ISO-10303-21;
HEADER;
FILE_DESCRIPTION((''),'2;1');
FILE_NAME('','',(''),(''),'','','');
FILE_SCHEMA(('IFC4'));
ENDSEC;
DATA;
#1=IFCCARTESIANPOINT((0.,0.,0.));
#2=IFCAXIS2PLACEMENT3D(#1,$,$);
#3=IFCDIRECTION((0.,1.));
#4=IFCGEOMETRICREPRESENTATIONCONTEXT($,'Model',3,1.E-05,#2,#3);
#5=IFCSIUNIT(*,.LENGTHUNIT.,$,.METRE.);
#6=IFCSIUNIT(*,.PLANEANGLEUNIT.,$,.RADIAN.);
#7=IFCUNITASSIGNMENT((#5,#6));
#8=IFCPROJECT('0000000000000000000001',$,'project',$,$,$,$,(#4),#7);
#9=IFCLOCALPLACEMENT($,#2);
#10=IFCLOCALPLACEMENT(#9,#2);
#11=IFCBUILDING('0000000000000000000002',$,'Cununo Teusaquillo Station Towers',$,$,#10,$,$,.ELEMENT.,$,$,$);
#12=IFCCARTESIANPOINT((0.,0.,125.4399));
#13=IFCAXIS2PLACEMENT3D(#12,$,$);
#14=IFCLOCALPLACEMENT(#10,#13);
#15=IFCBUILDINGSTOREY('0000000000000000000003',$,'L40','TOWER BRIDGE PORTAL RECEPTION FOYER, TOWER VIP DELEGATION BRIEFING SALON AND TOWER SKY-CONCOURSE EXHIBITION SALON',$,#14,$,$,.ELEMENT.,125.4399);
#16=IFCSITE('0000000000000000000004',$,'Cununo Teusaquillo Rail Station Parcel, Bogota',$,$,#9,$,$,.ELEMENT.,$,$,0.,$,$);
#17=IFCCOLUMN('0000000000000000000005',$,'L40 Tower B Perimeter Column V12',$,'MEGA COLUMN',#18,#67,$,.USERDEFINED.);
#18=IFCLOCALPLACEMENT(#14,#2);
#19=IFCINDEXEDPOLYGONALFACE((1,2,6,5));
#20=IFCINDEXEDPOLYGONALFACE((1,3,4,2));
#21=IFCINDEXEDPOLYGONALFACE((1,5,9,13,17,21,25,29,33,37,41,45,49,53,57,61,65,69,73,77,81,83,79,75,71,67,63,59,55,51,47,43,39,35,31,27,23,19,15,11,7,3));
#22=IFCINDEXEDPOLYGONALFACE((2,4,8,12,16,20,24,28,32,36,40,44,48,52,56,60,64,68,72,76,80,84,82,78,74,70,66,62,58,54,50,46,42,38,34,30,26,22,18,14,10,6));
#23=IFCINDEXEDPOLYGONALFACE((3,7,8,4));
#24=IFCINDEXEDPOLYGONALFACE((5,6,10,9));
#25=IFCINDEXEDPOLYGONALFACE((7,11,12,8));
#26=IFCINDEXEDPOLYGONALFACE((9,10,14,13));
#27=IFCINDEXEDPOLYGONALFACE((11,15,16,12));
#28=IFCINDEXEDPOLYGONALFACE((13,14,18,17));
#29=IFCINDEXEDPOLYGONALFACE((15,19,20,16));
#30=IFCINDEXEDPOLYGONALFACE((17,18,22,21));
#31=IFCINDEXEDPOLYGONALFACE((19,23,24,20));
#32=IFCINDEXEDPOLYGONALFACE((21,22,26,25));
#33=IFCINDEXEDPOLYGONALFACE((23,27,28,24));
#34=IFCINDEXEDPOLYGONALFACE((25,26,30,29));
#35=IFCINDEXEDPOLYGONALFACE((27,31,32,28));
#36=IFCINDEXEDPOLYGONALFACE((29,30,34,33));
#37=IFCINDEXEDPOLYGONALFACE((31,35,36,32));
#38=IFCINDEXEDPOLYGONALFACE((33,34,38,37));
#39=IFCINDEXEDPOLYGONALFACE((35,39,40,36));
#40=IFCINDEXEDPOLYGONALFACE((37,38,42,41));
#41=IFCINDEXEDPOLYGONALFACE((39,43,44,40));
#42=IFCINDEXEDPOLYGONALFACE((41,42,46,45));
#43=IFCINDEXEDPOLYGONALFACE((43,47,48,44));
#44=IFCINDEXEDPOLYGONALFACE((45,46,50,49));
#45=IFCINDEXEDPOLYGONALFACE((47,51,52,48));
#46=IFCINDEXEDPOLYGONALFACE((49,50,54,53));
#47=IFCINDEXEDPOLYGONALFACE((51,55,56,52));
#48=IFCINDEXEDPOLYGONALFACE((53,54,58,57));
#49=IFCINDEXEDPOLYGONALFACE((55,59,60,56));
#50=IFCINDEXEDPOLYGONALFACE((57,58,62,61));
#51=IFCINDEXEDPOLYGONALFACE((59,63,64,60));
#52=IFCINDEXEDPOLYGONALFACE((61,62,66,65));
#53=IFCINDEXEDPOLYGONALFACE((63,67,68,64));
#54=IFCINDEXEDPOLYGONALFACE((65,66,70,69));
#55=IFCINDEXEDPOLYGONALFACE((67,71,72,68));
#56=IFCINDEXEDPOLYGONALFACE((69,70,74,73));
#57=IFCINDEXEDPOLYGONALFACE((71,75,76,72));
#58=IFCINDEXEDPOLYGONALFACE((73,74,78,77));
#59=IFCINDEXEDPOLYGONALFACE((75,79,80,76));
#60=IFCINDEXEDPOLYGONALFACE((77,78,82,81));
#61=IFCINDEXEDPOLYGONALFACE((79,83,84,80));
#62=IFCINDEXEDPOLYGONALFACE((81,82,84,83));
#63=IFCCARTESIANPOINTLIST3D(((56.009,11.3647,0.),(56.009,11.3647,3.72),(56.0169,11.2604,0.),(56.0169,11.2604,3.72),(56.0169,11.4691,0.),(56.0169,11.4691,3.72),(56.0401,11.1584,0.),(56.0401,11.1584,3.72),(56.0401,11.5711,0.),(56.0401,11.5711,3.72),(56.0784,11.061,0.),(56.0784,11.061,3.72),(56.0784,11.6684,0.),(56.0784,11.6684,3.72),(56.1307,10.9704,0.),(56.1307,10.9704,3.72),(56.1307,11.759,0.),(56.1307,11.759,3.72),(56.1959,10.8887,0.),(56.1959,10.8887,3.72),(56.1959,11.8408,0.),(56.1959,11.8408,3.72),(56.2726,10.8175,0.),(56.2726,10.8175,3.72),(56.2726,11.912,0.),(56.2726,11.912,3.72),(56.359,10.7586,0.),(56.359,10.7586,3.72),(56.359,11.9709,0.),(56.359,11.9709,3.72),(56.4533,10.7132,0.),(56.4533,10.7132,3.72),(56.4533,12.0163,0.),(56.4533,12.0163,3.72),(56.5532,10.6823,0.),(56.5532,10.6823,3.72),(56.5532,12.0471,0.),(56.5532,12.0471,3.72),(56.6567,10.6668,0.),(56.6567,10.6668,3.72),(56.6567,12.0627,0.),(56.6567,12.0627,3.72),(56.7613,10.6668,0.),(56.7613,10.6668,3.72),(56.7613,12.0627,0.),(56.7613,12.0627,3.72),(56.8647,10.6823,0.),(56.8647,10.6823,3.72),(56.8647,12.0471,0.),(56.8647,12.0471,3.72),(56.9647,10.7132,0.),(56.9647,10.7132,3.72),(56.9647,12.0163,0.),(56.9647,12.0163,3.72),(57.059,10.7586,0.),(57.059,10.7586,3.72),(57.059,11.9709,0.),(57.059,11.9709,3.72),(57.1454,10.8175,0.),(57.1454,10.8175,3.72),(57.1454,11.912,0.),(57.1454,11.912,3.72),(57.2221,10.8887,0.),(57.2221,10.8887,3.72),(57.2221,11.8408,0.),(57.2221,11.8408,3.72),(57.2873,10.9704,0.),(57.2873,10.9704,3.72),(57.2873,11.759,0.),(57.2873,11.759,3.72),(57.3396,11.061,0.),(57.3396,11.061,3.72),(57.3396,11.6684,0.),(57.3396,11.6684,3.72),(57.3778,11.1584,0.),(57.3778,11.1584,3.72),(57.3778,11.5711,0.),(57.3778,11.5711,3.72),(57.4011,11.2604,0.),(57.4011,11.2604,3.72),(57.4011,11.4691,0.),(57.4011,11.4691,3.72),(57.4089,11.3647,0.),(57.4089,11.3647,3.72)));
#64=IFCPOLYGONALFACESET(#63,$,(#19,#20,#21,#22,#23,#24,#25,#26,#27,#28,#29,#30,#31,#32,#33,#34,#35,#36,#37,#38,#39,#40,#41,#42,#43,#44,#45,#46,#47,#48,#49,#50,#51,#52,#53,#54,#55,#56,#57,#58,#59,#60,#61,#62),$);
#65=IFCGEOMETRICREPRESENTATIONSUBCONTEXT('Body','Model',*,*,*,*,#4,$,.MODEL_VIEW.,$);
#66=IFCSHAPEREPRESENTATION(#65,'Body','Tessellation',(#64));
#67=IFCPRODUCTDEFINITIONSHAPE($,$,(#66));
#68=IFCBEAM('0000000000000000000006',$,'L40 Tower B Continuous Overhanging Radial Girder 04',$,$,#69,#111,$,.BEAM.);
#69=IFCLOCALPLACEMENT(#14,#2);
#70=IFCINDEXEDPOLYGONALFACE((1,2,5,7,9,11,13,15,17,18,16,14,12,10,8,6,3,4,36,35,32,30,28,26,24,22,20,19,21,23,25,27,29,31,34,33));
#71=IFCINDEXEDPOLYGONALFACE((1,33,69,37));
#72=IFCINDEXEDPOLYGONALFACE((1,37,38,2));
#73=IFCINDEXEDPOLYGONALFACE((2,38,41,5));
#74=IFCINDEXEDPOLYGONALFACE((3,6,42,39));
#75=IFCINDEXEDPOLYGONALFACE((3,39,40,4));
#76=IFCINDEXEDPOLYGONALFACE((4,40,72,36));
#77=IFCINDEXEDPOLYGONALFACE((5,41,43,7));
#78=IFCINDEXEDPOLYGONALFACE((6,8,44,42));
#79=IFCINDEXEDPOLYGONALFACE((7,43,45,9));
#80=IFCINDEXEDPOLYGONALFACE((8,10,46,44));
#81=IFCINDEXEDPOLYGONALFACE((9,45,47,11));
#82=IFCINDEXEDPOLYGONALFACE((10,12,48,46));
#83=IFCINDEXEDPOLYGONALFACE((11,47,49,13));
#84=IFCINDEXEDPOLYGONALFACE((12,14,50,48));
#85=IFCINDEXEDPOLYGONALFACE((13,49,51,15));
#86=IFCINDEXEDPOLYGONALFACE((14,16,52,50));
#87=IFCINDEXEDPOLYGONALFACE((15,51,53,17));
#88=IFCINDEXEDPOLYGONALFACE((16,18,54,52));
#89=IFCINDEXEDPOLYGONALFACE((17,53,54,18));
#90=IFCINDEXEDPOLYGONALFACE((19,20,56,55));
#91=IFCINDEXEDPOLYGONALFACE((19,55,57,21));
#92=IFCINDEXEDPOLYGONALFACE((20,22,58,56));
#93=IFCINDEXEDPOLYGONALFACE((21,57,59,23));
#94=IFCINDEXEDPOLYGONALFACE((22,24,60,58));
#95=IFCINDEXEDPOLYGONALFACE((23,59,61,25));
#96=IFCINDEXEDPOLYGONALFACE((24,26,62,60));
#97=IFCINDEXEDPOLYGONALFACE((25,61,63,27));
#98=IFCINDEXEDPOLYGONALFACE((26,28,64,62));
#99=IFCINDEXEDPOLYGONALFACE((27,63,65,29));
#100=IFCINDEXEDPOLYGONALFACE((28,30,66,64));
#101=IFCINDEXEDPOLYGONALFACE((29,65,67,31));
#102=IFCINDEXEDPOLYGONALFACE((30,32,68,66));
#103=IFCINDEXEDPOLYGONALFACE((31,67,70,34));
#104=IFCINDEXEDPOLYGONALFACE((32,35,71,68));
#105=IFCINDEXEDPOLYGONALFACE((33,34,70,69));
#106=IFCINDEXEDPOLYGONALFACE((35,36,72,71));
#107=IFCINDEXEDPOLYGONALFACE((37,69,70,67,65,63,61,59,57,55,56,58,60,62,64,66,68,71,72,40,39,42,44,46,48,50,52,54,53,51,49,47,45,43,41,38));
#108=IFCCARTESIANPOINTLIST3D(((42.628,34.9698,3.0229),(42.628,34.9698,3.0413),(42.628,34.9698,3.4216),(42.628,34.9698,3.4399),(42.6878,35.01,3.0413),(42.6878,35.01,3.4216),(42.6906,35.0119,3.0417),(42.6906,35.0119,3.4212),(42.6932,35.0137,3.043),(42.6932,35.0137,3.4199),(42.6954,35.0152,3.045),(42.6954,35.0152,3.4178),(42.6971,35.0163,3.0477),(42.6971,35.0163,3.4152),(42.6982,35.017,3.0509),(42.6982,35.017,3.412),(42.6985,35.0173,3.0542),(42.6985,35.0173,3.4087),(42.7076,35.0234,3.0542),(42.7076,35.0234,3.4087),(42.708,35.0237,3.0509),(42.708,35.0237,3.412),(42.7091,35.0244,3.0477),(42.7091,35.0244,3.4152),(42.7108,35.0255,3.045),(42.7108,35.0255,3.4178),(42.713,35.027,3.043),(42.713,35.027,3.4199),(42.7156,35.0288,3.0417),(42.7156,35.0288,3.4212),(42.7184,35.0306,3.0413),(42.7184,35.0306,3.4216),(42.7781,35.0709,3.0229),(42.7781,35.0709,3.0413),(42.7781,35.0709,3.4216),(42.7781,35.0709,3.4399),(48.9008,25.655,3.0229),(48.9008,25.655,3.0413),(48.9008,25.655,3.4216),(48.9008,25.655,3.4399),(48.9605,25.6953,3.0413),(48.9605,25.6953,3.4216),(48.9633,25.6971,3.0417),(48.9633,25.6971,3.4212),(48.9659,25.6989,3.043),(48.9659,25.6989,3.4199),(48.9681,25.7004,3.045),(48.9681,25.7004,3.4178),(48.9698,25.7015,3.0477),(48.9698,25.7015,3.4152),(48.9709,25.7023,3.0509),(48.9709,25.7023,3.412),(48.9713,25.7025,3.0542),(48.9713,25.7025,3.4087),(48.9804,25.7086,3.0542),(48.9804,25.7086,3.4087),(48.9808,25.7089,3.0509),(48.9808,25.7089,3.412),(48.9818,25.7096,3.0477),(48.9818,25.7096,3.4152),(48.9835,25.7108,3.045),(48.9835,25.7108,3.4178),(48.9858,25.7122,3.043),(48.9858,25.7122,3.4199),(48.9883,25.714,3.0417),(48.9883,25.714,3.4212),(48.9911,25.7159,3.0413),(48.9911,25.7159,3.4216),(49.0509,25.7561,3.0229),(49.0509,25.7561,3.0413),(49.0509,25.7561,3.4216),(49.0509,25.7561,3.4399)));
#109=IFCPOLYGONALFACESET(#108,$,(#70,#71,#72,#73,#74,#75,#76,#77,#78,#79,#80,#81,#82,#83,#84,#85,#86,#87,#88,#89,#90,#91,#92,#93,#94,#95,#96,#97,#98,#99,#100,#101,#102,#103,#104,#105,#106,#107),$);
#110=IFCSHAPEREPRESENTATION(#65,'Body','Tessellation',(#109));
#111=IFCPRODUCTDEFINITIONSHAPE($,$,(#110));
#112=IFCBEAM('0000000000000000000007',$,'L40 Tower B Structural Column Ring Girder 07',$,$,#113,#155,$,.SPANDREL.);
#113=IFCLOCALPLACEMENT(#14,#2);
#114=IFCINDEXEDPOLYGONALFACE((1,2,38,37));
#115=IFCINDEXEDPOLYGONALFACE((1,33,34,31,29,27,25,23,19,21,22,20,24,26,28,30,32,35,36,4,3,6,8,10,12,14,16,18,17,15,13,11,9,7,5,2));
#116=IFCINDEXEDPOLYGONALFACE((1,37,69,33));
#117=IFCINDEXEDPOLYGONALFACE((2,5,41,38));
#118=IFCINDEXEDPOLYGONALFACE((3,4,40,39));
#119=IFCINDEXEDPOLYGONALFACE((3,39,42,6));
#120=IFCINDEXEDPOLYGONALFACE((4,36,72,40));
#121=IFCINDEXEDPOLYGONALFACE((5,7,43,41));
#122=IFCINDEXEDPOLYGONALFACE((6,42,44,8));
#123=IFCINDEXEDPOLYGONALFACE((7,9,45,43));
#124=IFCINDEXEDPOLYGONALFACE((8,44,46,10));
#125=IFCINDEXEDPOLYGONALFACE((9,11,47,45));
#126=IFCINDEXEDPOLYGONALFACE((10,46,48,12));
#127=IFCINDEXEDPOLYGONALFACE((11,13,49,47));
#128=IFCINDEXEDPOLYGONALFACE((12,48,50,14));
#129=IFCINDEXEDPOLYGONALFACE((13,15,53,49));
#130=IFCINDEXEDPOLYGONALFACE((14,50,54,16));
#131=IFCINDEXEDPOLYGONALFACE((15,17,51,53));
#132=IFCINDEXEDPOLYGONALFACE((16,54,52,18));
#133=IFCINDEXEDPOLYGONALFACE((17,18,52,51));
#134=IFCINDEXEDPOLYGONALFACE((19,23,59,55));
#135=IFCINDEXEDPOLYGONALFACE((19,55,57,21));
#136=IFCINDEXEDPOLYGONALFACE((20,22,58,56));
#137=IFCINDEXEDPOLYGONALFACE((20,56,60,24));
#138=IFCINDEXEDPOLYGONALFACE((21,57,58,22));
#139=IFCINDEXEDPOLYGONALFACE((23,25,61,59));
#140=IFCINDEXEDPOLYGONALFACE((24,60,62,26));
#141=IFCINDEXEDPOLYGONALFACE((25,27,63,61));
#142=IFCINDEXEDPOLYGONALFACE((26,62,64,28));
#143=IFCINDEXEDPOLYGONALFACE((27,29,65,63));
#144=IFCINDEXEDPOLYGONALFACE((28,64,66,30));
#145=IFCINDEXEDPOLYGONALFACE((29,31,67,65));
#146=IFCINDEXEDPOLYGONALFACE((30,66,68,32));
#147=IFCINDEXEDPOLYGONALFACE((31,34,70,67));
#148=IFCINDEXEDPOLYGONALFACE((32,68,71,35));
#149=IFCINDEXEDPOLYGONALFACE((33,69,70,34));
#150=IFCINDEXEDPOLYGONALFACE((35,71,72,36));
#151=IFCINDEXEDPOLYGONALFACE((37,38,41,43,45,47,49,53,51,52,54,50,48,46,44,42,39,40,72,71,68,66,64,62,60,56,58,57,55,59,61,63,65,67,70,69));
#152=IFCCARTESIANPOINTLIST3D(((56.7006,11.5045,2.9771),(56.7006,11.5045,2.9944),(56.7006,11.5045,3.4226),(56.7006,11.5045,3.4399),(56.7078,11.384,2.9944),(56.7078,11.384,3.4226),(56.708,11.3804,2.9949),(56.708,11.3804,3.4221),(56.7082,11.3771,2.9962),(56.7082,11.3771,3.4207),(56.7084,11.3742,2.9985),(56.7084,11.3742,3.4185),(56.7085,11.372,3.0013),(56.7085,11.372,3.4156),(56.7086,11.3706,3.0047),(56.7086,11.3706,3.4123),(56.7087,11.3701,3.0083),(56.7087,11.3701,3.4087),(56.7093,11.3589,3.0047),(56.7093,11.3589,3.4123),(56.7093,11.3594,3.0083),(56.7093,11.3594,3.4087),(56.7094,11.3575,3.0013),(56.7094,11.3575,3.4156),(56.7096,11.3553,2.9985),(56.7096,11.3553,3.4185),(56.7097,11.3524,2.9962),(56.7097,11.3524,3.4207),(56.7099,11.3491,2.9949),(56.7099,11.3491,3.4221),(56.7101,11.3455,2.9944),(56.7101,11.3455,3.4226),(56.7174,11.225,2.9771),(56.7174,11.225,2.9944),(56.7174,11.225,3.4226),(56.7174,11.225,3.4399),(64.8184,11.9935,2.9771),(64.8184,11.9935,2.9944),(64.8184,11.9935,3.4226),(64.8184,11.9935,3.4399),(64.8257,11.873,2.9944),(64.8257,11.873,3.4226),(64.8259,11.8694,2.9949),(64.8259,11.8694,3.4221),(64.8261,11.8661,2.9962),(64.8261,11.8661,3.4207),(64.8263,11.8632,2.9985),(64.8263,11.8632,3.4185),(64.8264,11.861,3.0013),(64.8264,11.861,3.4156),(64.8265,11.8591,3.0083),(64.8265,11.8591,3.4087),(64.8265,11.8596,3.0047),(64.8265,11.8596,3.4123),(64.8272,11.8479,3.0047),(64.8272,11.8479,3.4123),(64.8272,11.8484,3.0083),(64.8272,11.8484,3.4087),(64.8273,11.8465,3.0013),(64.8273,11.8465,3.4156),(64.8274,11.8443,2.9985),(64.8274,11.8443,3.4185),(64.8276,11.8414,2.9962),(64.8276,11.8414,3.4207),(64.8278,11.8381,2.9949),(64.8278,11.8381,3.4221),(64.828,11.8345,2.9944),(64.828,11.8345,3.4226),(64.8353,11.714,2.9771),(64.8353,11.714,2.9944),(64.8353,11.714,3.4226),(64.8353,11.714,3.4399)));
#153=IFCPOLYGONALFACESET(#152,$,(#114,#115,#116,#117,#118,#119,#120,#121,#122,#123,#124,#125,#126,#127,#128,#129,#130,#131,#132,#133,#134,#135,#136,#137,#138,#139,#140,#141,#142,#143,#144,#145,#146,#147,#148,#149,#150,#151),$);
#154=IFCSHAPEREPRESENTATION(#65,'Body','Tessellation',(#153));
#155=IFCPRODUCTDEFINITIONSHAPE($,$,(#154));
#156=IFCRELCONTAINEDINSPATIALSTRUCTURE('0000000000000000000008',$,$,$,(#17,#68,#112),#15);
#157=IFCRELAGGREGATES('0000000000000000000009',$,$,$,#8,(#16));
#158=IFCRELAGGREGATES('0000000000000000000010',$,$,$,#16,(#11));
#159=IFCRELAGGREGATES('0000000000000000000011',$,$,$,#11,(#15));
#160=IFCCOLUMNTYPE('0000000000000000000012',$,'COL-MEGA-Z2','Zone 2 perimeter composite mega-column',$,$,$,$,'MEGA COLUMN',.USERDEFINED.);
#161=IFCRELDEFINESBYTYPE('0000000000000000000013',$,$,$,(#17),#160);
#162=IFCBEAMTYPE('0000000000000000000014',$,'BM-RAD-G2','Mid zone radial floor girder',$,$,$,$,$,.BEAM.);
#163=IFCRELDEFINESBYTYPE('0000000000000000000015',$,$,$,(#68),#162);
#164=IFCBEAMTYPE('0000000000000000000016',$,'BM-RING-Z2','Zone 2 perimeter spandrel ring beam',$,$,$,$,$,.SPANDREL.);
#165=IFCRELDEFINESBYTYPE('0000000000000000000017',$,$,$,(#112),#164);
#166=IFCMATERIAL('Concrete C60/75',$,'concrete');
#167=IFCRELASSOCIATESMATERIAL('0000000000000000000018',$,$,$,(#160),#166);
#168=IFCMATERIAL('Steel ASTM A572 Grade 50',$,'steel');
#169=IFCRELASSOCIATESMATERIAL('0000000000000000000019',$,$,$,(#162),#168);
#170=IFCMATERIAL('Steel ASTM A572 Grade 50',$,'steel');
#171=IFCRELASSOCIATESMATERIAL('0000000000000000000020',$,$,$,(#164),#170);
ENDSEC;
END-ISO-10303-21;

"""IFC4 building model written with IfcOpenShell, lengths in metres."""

from ifc_helpers import new_model, si_unit, direction, frame, origin, origin_2d, place, context, subcontext, project, spatial, circle, i_section, extrude, material, material_profile, profile_set, type_object, element, save


model = new_model("IFC4")

# Units and contexts
model_context = context("Model", 3, precision=1e-05, world=origin(), true_north=direction((0.0, 1.0)))
body_context = subcontext(model_context, "Body", "Model", "MODEL_VIEW")
ifc_project = project(units=[si_unit("LENGTHUNIT", "METRE"), si_unit("PLANEANGLEUNIT", "RADIAN")], contexts=[model_context])

# Site, building, storey
site_placement = place(None, origin())
site = spatial("IfcSite", under=ifc_project, at=site_placement, Name="Cununo Teusaquillo Rail Station Parcel, Bogota", CompositionType="ELEMENT", RefElevation=0.0)
building_placement = place(site_placement, origin())
building = spatial("IfcBuilding", under=site, at=building_placement, Name="Cununo Teusaquillo Station Towers", CompositionType="ELEMENT")
storey_placement = place(building_placement, frame((0.0, 0.0, 125.4399)))
storey = spatial("IfcBuildingStorey", under=building, at=storey_placement, Name="L40", Description="TOWER BRIDGE PORTAL RECEPTION FOYER, TOWER VIP DELEGATION BRIEFING SALON AND TOWER SKY-CONCOURSE EXHIBITION SALON", CompositionType="ELEMENT", Elevation=125.4399)

# Column
ifc_material_1 = material(Name="Concrete C60/75", Category="concrete")
ifc_material_profile_1 = material_profile(ifc_material_1, circle(Radius=0.7, at=origin_2d()), Name="RC-CIRC-1400")
ifc_profile_set_1 = profile_set([ifc_material_profile_1], Name="Concrete C60/75")
column_type = type_object("IfcColumnType", Name="COL-MEGA-Z2", Description="Zone 2 perimeter composite mega-column", ElementType="MEGA COLUMN", PredefinedType="USERDEFINED", material=ifc_profile_set_1)
column_placement = place(storey_placement, frame((56.709, 11.3647, 0.0), z_axis=(0.0, 0.0, 1.0), x_axis=(1.0, 0.0, 0.0)))
element("IfcColumn", 1, at=column_placement, inside=storey, type_object=column_type, Name="L40 Tower B Perimeter Column V12", ObjectType="MEGA COLUMN", PredefinedType="USERDEFINED", context=body_context, shape_type="SweptSolid", body=[
    extrude(circle(Radius=0.7, at=origin_2d()), origin(), (0.0, 0.0, 1.0), 3.72),
])

# Beams
ifc_material_2 = material(Name="Steel ASTM A572 Grade 50", Category="steel")
ifc_material_profile_2 = material_profile(ifc_material_2, i_section(OverallWidth=0.1809, OverallDepth=0.417, WebThickness=0.011, FlangeThickness=0.0183, FilletRadius=0.0129, at=origin_2d()), Name="W16X57")
ifc_profile_set_2 = profile_set([ifc_material_profile_2], Name="Steel ASTM A572 Grade 50")
beam_type_1 = type_object("IfcBeamType", Name="BM-RAD-G2", Description="Mid zone radial floor girder", PredefinedType="BEAM", material=ifc_profile_set_2)
beam_1_placement = place(storey_placement, frame((48.9758, 25.7056, 3.2314), z_axis=(-0.558572, 0.829456, 0.0), x_axis=(-0.829456, -0.558572, 0.0)))
element("IfcBeam", 2, at=beam_1_placement, inside=storey, type_object=beam_type_1, Name="L40 Tower B Continuous Overhanging Radial Girder 04", PredefinedType="BEAM", context=body_context, shape_type="SweptSolid", body=[
    extrude(i_section(OverallWidth=0.1809, OverallDepth=0.417, WebThickness=0.011, FlangeThickness=0.0183, FilletRadius=0.0129, at=origin_2d()), origin(), (0.0, 0.0, 1.0), 11.23),
])
ifc_material_3 = material(Name="Steel ASTM A572 Grade 50", Category="steel")
ifc_material_profile_3 = material_profile(ifc_material_3, i_section(OverallWidth=0.28, OverallDepth=0.4629, WebThickness=0.0107, FlangeThickness=0.0173, FilletRadius=0.0139, at=origin_2d()), Name="W18X76")
ifc_profile_set_3 = profile_set([ifc_material_profile_3], Name="Steel ASTM A572 Grade 50")
beam_type_2 = type_object("IfcBeamType", Name="BM-RING-Z2", Description="Zone 2 perimeter spandrel ring beam", PredefinedType="SPANDREL", material=ifc_profile_set_3)
beam_2_placement = place(storey_placement, frame((56.709, 11.3647, 3.2085), z_axis=(0.998191, 0.06013, 0.0), x_axis=(-0.06013, 0.998191, 0.0)))
element("IfcBeam", 3, at=beam_2_placement, inside=storey, type_object=beam_type_2, Name="L40 Tower B Structural Column Ring Girder 07", PredefinedType="SPANDREL", context=body_context, shape_type="SweptSolid", body=[
    extrude(i_section(OverallWidth=0.28, OverallDepth=0.4629, WebThickness=0.0107, FlangeThickness=0.0173, FilletRadius=0.0139, at=origin_2d()), origin(), (0.0, 0.0, 1.0), 8.1326),
])

save(model, "model.ifc")
